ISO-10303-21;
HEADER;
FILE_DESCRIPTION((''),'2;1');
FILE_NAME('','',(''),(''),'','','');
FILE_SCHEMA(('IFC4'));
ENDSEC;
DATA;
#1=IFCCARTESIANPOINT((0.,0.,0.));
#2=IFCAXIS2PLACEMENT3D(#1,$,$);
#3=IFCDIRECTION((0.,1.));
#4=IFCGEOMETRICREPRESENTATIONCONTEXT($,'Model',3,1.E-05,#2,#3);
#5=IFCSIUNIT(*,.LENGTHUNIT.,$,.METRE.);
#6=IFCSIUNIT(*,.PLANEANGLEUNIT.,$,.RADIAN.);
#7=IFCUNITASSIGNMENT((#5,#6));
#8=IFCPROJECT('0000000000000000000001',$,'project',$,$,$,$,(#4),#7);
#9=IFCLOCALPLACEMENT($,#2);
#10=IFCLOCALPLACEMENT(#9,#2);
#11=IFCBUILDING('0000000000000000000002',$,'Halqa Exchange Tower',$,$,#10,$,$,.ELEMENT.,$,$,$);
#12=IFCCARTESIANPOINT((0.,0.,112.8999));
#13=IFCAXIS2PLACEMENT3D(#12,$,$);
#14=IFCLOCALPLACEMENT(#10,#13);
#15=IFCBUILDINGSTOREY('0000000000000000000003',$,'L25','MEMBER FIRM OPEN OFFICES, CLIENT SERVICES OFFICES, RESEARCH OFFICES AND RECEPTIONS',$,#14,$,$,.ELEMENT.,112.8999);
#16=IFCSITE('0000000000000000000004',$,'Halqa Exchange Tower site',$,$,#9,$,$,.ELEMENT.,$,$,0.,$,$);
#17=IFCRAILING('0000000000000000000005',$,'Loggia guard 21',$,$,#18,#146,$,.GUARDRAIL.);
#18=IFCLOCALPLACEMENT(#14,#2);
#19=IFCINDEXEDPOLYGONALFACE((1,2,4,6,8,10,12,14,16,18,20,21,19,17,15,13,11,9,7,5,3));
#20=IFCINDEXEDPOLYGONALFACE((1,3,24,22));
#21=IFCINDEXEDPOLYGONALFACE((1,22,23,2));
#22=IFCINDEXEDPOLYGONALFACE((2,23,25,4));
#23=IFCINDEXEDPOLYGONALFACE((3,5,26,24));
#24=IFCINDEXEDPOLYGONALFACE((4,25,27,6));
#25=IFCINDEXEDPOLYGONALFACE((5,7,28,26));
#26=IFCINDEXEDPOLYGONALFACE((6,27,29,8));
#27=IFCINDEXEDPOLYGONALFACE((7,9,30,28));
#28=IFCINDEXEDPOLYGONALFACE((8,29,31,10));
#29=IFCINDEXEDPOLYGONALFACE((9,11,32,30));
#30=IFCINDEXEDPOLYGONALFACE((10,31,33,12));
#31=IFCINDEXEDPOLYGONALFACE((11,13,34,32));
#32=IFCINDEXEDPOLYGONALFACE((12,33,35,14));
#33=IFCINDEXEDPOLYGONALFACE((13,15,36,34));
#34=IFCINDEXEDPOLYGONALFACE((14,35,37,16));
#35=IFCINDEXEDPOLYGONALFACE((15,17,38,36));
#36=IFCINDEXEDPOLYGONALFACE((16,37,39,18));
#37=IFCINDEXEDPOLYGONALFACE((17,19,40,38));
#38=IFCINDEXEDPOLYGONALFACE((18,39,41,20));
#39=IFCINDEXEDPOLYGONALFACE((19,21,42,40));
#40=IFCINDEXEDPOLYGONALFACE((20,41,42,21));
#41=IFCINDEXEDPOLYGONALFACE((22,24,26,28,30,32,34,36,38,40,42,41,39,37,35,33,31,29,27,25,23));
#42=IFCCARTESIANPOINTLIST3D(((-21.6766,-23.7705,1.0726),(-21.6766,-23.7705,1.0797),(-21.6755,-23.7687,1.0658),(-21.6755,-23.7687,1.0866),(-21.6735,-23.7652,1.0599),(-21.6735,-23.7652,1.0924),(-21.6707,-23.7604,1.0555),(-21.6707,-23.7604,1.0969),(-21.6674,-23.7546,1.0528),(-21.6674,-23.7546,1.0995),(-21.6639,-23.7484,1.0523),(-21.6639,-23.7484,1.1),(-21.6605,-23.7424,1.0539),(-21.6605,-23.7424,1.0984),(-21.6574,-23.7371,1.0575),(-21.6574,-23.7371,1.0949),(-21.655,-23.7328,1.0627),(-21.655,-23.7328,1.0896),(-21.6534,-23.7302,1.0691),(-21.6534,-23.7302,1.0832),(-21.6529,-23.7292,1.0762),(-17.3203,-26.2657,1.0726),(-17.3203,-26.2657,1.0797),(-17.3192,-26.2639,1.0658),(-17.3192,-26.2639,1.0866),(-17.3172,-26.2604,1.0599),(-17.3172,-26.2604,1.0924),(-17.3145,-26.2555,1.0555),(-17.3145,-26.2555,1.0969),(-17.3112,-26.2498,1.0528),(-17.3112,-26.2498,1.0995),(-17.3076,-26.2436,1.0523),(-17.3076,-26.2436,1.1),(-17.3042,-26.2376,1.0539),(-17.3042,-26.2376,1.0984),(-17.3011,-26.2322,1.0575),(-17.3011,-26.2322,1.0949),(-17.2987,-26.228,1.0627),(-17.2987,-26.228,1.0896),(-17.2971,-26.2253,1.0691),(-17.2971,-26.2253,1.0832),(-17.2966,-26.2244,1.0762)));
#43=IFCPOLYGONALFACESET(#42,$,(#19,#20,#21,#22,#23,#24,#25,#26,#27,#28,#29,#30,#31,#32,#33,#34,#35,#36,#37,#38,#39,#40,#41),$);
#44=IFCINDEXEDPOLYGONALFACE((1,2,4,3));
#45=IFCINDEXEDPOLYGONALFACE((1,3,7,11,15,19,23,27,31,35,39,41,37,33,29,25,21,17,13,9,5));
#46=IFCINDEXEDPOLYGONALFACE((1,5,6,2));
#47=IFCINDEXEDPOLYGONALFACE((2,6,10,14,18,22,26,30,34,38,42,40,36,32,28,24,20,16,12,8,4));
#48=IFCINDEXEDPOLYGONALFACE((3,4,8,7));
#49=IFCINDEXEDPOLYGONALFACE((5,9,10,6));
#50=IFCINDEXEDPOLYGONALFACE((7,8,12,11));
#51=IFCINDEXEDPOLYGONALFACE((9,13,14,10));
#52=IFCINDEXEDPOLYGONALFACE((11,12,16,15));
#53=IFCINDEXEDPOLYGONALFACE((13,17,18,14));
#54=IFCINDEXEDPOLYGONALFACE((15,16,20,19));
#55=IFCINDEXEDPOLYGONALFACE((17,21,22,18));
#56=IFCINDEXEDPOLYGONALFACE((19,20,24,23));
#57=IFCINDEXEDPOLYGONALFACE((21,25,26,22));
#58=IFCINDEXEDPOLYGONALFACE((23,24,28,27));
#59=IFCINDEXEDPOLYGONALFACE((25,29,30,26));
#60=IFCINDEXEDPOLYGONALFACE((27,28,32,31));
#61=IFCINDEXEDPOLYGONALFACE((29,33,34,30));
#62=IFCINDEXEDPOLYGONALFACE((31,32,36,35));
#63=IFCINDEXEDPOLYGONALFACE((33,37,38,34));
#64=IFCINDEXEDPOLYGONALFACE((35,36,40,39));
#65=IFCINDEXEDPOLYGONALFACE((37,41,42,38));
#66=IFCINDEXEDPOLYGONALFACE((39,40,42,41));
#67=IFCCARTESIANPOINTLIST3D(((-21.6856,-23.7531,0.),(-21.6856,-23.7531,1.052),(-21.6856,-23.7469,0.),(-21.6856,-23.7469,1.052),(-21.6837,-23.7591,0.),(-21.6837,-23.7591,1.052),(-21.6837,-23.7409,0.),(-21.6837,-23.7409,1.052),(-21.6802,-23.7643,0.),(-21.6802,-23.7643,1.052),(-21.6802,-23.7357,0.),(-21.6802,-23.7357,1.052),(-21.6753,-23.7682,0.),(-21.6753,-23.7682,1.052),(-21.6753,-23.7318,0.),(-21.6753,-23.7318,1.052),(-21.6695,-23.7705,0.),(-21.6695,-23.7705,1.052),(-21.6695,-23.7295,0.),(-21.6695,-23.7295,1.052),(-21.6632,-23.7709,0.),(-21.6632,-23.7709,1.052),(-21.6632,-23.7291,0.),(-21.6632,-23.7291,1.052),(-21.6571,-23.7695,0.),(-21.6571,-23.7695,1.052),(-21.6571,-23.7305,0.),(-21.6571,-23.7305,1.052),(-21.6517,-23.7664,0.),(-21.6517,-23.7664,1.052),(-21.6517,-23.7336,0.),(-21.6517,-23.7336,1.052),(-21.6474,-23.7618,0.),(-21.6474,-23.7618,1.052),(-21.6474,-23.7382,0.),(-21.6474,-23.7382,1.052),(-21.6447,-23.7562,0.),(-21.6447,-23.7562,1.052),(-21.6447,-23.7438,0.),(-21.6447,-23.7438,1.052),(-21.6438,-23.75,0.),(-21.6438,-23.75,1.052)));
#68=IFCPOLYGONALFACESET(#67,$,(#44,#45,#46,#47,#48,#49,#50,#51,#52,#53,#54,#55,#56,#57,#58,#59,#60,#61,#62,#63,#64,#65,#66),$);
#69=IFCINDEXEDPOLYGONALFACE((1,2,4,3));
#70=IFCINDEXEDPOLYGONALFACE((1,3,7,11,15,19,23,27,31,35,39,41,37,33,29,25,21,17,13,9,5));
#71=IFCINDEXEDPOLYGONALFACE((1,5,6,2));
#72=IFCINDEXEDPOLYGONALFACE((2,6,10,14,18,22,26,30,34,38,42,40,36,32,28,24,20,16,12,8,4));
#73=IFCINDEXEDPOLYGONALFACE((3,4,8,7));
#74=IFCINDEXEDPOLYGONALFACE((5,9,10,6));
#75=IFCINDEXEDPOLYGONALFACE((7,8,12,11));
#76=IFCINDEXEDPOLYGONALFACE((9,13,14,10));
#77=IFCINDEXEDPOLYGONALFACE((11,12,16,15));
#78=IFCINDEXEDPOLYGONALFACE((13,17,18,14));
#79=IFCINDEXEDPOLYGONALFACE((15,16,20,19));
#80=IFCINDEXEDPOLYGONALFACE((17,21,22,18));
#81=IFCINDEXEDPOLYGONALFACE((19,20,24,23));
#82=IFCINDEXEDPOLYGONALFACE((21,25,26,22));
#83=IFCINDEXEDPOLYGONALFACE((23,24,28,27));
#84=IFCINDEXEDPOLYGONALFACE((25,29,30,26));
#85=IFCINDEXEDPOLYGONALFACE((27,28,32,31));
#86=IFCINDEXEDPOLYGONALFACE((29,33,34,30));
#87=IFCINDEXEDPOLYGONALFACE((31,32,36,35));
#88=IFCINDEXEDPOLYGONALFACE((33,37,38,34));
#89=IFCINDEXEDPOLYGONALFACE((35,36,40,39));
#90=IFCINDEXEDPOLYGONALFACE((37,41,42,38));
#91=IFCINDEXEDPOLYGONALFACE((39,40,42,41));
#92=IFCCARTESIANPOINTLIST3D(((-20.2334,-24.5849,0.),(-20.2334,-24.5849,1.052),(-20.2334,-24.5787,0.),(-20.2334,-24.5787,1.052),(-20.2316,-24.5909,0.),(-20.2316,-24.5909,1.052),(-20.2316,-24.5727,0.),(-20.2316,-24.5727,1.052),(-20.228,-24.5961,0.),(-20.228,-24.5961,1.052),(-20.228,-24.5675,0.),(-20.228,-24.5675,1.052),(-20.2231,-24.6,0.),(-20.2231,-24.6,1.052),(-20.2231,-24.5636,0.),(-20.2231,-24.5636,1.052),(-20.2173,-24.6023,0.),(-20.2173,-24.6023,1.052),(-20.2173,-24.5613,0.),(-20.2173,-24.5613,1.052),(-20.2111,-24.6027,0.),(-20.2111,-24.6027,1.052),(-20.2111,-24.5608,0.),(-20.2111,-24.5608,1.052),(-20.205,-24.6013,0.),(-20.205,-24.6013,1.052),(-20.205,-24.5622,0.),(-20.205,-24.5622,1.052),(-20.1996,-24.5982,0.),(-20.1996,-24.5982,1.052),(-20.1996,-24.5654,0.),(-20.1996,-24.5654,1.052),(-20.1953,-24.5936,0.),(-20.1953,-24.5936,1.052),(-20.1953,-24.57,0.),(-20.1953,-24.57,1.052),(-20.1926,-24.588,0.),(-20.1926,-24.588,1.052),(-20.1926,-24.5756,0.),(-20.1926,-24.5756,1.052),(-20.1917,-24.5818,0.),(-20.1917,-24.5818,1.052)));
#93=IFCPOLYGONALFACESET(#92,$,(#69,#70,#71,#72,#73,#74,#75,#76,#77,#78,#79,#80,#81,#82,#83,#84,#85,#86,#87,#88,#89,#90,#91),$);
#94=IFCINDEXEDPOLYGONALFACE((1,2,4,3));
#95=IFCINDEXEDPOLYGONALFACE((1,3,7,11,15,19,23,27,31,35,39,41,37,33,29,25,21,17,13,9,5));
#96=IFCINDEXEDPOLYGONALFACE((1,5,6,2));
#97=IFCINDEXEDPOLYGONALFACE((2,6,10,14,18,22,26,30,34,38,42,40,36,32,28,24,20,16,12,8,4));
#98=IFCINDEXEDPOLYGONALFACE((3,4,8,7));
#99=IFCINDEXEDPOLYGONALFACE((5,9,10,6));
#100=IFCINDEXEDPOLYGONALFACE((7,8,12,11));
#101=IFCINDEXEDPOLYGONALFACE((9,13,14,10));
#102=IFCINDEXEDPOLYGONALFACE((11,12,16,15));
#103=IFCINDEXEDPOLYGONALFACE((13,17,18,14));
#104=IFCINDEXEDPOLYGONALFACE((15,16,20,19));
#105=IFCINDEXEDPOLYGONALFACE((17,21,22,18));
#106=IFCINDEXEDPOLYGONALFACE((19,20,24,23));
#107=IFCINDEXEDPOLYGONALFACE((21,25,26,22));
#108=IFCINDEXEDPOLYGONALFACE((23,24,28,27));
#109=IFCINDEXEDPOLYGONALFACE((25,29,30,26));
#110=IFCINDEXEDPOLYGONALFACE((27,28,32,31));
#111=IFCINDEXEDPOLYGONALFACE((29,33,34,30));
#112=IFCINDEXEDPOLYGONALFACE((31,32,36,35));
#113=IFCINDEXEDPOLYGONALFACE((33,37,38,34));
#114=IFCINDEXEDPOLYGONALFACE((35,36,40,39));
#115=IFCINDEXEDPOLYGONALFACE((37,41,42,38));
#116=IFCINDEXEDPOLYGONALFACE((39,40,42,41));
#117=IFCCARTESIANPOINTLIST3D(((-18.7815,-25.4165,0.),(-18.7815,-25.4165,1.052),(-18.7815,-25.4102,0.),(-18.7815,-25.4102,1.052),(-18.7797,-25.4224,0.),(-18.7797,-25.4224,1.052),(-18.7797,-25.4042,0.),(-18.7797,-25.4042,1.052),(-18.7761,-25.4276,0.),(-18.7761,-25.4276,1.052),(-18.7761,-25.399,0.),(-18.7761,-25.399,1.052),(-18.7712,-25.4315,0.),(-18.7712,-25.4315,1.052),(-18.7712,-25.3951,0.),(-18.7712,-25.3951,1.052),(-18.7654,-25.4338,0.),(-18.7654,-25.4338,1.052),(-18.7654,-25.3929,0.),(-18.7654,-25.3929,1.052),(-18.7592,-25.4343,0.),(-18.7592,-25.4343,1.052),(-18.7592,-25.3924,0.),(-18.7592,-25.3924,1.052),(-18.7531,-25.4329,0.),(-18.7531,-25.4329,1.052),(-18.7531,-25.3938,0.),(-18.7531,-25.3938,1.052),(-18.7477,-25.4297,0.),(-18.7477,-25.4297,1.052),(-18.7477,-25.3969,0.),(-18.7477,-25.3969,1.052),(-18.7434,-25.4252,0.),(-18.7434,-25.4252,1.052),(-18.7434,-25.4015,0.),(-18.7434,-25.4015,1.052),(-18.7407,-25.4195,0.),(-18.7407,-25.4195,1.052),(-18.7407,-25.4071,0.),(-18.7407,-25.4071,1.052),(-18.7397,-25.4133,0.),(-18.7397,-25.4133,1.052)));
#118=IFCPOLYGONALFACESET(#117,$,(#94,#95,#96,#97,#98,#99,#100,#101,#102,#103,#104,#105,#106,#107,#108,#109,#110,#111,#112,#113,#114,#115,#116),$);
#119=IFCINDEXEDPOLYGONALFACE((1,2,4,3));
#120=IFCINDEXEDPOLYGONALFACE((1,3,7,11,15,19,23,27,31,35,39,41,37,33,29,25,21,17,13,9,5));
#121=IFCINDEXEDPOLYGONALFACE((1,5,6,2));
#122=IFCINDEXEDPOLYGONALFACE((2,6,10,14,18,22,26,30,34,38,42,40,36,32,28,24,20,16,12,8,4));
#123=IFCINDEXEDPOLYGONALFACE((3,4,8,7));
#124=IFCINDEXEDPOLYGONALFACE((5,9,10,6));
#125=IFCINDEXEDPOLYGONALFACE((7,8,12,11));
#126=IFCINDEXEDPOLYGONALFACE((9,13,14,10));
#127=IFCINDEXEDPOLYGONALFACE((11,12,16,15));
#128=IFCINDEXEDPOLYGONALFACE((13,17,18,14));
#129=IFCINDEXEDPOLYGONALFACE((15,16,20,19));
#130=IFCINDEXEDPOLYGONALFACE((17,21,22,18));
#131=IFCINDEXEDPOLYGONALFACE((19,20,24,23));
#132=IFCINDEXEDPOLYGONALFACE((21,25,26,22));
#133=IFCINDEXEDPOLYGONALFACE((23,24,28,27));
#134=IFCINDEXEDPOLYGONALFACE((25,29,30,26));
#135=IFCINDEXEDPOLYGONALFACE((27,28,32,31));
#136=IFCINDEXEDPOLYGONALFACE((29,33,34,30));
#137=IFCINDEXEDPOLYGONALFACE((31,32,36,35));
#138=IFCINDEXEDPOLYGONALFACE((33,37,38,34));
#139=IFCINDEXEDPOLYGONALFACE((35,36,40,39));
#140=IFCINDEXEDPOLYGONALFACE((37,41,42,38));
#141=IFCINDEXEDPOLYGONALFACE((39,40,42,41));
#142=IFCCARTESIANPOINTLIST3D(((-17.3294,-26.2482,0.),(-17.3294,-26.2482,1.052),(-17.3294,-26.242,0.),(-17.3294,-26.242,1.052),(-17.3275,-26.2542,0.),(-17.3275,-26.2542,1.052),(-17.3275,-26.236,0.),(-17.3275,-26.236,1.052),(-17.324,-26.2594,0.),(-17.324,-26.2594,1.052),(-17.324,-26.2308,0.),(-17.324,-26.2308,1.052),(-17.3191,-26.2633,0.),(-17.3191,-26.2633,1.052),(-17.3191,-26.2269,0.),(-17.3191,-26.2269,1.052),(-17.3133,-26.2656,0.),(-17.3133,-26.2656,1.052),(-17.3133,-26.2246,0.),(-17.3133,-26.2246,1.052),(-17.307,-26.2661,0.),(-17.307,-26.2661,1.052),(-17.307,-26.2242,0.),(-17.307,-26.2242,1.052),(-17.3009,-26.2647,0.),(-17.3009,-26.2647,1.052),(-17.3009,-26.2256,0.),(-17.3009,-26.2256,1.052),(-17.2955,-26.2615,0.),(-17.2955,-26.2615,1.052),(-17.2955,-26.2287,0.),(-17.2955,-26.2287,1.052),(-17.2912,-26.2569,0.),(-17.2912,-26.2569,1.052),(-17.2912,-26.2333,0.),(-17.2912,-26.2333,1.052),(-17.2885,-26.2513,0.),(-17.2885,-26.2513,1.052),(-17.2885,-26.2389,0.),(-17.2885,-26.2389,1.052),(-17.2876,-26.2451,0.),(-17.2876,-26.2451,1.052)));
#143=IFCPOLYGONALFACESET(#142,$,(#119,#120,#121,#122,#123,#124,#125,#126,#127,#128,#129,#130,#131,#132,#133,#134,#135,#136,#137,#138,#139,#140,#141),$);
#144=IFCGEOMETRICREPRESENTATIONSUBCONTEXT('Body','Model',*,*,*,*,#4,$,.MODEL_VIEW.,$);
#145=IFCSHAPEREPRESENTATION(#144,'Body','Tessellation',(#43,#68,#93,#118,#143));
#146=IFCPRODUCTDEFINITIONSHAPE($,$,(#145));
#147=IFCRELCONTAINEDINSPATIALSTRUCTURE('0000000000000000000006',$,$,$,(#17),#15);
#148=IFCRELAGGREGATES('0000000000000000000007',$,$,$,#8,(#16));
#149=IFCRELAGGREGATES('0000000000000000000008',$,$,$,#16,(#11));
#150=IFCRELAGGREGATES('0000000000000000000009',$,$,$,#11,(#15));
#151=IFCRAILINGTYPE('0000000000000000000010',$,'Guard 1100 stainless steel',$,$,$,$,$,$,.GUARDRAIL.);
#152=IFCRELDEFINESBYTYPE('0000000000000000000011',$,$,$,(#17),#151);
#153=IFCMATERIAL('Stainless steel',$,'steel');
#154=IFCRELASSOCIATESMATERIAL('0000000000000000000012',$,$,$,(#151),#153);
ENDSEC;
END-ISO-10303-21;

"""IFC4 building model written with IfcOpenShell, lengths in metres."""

from ifc_helpers import new_model, si_unit, direction, frame, origin, origin_2d, place, context, subcontext, project, spatial, circle, extrude, material, type_object, element, save


model = new_model("IFC4")

# Units and contexts
model_context = context("Model", 3, precision=1e-05, world=origin(), true_north=direction((0.0, 1.0)))
body_context = subcontext(model_context, "Body", "Model", "MODEL_VIEW")
ifc_project = project(units=[si_unit("LENGTHUNIT", "METRE"), si_unit("PLANEANGLEUNIT", "RADIAN")], contexts=[model_context])

# Site, building, storey
site_placement = place(None, origin())
site = spatial("IfcSite", under=ifc_project, at=site_placement, Name="Halqa Exchange Tower site", CompositionType="ELEMENT", RefElevation=0.0)
building_placement = place(site_placement, origin())
building = spatial("IfcBuilding", under=site, at=building_placement, Name="Halqa Exchange Tower", CompositionType="ELEMENT")
storey_placement = place(building_placement, frame((0.0, 0.0, 112.8999)))
storey = spatial("IfcBuildingStorey", under=building, at=storey_placement, Name="L25", Description="MEMBER FIRM OPEN OFFICES, CLIENT SERVICES OFFICES, RESEARCH OFFICES AND RECEPTIONS", CompositionType="ELEMENT", Elevation=112.8999)

# Railing
ifc_material_1 = material(Name="Stainless steel", Category="steel")
railing_type = type_object("IfcRailingType", Name="Guard 1100 stainless steel", PredefinedType="GUARDRAIL", material=ifc_material_1)
railing_1_placement = place(storey_placement, frame((-21.6648, -23.75, 0.0)))
element("IfcRailing", 1, at=railing_1_placement, inside=storey, type_object=railing_type, Name="Loggia guard 21", PredefinedType="GUARDRAIL", context=body_context, shape_type="SweptSolid", body=[
    extrude(circle(Radius=0.0239, at=origin_2d()), frame((0.0, 0.0, 1.0762), z_axis=(0.86774, -0.497019, 0.0), x_axis=(0.497019, 0.86774, 0.0)), (0.0, 0.0, 1.0), 5.0203),
    extrude(circle(Radius=0.021, at=origin_2d()), origin(), (0.0, 0.0, 1.0), 1.052),
    extrude(circle(Radius=0.021, at=origin_2d()), frame((1.4521, -0.8318, 0.0)), (0.0, 0.0, 1.0), 1.052),
    extrude(circle(Radius=0.021, at=origin_2d()), frame((2.9041, -1.6633, 0.0)), (0.0, 0.0, 1.0), 1.052),
    extrude(circle(Radius=0.021, at=origin_2d()), frame((4.3562, -2.4951, 0.0)), (0.0, 0.0, 1.0), 1.052),
])

save(model, "model.ifc")
